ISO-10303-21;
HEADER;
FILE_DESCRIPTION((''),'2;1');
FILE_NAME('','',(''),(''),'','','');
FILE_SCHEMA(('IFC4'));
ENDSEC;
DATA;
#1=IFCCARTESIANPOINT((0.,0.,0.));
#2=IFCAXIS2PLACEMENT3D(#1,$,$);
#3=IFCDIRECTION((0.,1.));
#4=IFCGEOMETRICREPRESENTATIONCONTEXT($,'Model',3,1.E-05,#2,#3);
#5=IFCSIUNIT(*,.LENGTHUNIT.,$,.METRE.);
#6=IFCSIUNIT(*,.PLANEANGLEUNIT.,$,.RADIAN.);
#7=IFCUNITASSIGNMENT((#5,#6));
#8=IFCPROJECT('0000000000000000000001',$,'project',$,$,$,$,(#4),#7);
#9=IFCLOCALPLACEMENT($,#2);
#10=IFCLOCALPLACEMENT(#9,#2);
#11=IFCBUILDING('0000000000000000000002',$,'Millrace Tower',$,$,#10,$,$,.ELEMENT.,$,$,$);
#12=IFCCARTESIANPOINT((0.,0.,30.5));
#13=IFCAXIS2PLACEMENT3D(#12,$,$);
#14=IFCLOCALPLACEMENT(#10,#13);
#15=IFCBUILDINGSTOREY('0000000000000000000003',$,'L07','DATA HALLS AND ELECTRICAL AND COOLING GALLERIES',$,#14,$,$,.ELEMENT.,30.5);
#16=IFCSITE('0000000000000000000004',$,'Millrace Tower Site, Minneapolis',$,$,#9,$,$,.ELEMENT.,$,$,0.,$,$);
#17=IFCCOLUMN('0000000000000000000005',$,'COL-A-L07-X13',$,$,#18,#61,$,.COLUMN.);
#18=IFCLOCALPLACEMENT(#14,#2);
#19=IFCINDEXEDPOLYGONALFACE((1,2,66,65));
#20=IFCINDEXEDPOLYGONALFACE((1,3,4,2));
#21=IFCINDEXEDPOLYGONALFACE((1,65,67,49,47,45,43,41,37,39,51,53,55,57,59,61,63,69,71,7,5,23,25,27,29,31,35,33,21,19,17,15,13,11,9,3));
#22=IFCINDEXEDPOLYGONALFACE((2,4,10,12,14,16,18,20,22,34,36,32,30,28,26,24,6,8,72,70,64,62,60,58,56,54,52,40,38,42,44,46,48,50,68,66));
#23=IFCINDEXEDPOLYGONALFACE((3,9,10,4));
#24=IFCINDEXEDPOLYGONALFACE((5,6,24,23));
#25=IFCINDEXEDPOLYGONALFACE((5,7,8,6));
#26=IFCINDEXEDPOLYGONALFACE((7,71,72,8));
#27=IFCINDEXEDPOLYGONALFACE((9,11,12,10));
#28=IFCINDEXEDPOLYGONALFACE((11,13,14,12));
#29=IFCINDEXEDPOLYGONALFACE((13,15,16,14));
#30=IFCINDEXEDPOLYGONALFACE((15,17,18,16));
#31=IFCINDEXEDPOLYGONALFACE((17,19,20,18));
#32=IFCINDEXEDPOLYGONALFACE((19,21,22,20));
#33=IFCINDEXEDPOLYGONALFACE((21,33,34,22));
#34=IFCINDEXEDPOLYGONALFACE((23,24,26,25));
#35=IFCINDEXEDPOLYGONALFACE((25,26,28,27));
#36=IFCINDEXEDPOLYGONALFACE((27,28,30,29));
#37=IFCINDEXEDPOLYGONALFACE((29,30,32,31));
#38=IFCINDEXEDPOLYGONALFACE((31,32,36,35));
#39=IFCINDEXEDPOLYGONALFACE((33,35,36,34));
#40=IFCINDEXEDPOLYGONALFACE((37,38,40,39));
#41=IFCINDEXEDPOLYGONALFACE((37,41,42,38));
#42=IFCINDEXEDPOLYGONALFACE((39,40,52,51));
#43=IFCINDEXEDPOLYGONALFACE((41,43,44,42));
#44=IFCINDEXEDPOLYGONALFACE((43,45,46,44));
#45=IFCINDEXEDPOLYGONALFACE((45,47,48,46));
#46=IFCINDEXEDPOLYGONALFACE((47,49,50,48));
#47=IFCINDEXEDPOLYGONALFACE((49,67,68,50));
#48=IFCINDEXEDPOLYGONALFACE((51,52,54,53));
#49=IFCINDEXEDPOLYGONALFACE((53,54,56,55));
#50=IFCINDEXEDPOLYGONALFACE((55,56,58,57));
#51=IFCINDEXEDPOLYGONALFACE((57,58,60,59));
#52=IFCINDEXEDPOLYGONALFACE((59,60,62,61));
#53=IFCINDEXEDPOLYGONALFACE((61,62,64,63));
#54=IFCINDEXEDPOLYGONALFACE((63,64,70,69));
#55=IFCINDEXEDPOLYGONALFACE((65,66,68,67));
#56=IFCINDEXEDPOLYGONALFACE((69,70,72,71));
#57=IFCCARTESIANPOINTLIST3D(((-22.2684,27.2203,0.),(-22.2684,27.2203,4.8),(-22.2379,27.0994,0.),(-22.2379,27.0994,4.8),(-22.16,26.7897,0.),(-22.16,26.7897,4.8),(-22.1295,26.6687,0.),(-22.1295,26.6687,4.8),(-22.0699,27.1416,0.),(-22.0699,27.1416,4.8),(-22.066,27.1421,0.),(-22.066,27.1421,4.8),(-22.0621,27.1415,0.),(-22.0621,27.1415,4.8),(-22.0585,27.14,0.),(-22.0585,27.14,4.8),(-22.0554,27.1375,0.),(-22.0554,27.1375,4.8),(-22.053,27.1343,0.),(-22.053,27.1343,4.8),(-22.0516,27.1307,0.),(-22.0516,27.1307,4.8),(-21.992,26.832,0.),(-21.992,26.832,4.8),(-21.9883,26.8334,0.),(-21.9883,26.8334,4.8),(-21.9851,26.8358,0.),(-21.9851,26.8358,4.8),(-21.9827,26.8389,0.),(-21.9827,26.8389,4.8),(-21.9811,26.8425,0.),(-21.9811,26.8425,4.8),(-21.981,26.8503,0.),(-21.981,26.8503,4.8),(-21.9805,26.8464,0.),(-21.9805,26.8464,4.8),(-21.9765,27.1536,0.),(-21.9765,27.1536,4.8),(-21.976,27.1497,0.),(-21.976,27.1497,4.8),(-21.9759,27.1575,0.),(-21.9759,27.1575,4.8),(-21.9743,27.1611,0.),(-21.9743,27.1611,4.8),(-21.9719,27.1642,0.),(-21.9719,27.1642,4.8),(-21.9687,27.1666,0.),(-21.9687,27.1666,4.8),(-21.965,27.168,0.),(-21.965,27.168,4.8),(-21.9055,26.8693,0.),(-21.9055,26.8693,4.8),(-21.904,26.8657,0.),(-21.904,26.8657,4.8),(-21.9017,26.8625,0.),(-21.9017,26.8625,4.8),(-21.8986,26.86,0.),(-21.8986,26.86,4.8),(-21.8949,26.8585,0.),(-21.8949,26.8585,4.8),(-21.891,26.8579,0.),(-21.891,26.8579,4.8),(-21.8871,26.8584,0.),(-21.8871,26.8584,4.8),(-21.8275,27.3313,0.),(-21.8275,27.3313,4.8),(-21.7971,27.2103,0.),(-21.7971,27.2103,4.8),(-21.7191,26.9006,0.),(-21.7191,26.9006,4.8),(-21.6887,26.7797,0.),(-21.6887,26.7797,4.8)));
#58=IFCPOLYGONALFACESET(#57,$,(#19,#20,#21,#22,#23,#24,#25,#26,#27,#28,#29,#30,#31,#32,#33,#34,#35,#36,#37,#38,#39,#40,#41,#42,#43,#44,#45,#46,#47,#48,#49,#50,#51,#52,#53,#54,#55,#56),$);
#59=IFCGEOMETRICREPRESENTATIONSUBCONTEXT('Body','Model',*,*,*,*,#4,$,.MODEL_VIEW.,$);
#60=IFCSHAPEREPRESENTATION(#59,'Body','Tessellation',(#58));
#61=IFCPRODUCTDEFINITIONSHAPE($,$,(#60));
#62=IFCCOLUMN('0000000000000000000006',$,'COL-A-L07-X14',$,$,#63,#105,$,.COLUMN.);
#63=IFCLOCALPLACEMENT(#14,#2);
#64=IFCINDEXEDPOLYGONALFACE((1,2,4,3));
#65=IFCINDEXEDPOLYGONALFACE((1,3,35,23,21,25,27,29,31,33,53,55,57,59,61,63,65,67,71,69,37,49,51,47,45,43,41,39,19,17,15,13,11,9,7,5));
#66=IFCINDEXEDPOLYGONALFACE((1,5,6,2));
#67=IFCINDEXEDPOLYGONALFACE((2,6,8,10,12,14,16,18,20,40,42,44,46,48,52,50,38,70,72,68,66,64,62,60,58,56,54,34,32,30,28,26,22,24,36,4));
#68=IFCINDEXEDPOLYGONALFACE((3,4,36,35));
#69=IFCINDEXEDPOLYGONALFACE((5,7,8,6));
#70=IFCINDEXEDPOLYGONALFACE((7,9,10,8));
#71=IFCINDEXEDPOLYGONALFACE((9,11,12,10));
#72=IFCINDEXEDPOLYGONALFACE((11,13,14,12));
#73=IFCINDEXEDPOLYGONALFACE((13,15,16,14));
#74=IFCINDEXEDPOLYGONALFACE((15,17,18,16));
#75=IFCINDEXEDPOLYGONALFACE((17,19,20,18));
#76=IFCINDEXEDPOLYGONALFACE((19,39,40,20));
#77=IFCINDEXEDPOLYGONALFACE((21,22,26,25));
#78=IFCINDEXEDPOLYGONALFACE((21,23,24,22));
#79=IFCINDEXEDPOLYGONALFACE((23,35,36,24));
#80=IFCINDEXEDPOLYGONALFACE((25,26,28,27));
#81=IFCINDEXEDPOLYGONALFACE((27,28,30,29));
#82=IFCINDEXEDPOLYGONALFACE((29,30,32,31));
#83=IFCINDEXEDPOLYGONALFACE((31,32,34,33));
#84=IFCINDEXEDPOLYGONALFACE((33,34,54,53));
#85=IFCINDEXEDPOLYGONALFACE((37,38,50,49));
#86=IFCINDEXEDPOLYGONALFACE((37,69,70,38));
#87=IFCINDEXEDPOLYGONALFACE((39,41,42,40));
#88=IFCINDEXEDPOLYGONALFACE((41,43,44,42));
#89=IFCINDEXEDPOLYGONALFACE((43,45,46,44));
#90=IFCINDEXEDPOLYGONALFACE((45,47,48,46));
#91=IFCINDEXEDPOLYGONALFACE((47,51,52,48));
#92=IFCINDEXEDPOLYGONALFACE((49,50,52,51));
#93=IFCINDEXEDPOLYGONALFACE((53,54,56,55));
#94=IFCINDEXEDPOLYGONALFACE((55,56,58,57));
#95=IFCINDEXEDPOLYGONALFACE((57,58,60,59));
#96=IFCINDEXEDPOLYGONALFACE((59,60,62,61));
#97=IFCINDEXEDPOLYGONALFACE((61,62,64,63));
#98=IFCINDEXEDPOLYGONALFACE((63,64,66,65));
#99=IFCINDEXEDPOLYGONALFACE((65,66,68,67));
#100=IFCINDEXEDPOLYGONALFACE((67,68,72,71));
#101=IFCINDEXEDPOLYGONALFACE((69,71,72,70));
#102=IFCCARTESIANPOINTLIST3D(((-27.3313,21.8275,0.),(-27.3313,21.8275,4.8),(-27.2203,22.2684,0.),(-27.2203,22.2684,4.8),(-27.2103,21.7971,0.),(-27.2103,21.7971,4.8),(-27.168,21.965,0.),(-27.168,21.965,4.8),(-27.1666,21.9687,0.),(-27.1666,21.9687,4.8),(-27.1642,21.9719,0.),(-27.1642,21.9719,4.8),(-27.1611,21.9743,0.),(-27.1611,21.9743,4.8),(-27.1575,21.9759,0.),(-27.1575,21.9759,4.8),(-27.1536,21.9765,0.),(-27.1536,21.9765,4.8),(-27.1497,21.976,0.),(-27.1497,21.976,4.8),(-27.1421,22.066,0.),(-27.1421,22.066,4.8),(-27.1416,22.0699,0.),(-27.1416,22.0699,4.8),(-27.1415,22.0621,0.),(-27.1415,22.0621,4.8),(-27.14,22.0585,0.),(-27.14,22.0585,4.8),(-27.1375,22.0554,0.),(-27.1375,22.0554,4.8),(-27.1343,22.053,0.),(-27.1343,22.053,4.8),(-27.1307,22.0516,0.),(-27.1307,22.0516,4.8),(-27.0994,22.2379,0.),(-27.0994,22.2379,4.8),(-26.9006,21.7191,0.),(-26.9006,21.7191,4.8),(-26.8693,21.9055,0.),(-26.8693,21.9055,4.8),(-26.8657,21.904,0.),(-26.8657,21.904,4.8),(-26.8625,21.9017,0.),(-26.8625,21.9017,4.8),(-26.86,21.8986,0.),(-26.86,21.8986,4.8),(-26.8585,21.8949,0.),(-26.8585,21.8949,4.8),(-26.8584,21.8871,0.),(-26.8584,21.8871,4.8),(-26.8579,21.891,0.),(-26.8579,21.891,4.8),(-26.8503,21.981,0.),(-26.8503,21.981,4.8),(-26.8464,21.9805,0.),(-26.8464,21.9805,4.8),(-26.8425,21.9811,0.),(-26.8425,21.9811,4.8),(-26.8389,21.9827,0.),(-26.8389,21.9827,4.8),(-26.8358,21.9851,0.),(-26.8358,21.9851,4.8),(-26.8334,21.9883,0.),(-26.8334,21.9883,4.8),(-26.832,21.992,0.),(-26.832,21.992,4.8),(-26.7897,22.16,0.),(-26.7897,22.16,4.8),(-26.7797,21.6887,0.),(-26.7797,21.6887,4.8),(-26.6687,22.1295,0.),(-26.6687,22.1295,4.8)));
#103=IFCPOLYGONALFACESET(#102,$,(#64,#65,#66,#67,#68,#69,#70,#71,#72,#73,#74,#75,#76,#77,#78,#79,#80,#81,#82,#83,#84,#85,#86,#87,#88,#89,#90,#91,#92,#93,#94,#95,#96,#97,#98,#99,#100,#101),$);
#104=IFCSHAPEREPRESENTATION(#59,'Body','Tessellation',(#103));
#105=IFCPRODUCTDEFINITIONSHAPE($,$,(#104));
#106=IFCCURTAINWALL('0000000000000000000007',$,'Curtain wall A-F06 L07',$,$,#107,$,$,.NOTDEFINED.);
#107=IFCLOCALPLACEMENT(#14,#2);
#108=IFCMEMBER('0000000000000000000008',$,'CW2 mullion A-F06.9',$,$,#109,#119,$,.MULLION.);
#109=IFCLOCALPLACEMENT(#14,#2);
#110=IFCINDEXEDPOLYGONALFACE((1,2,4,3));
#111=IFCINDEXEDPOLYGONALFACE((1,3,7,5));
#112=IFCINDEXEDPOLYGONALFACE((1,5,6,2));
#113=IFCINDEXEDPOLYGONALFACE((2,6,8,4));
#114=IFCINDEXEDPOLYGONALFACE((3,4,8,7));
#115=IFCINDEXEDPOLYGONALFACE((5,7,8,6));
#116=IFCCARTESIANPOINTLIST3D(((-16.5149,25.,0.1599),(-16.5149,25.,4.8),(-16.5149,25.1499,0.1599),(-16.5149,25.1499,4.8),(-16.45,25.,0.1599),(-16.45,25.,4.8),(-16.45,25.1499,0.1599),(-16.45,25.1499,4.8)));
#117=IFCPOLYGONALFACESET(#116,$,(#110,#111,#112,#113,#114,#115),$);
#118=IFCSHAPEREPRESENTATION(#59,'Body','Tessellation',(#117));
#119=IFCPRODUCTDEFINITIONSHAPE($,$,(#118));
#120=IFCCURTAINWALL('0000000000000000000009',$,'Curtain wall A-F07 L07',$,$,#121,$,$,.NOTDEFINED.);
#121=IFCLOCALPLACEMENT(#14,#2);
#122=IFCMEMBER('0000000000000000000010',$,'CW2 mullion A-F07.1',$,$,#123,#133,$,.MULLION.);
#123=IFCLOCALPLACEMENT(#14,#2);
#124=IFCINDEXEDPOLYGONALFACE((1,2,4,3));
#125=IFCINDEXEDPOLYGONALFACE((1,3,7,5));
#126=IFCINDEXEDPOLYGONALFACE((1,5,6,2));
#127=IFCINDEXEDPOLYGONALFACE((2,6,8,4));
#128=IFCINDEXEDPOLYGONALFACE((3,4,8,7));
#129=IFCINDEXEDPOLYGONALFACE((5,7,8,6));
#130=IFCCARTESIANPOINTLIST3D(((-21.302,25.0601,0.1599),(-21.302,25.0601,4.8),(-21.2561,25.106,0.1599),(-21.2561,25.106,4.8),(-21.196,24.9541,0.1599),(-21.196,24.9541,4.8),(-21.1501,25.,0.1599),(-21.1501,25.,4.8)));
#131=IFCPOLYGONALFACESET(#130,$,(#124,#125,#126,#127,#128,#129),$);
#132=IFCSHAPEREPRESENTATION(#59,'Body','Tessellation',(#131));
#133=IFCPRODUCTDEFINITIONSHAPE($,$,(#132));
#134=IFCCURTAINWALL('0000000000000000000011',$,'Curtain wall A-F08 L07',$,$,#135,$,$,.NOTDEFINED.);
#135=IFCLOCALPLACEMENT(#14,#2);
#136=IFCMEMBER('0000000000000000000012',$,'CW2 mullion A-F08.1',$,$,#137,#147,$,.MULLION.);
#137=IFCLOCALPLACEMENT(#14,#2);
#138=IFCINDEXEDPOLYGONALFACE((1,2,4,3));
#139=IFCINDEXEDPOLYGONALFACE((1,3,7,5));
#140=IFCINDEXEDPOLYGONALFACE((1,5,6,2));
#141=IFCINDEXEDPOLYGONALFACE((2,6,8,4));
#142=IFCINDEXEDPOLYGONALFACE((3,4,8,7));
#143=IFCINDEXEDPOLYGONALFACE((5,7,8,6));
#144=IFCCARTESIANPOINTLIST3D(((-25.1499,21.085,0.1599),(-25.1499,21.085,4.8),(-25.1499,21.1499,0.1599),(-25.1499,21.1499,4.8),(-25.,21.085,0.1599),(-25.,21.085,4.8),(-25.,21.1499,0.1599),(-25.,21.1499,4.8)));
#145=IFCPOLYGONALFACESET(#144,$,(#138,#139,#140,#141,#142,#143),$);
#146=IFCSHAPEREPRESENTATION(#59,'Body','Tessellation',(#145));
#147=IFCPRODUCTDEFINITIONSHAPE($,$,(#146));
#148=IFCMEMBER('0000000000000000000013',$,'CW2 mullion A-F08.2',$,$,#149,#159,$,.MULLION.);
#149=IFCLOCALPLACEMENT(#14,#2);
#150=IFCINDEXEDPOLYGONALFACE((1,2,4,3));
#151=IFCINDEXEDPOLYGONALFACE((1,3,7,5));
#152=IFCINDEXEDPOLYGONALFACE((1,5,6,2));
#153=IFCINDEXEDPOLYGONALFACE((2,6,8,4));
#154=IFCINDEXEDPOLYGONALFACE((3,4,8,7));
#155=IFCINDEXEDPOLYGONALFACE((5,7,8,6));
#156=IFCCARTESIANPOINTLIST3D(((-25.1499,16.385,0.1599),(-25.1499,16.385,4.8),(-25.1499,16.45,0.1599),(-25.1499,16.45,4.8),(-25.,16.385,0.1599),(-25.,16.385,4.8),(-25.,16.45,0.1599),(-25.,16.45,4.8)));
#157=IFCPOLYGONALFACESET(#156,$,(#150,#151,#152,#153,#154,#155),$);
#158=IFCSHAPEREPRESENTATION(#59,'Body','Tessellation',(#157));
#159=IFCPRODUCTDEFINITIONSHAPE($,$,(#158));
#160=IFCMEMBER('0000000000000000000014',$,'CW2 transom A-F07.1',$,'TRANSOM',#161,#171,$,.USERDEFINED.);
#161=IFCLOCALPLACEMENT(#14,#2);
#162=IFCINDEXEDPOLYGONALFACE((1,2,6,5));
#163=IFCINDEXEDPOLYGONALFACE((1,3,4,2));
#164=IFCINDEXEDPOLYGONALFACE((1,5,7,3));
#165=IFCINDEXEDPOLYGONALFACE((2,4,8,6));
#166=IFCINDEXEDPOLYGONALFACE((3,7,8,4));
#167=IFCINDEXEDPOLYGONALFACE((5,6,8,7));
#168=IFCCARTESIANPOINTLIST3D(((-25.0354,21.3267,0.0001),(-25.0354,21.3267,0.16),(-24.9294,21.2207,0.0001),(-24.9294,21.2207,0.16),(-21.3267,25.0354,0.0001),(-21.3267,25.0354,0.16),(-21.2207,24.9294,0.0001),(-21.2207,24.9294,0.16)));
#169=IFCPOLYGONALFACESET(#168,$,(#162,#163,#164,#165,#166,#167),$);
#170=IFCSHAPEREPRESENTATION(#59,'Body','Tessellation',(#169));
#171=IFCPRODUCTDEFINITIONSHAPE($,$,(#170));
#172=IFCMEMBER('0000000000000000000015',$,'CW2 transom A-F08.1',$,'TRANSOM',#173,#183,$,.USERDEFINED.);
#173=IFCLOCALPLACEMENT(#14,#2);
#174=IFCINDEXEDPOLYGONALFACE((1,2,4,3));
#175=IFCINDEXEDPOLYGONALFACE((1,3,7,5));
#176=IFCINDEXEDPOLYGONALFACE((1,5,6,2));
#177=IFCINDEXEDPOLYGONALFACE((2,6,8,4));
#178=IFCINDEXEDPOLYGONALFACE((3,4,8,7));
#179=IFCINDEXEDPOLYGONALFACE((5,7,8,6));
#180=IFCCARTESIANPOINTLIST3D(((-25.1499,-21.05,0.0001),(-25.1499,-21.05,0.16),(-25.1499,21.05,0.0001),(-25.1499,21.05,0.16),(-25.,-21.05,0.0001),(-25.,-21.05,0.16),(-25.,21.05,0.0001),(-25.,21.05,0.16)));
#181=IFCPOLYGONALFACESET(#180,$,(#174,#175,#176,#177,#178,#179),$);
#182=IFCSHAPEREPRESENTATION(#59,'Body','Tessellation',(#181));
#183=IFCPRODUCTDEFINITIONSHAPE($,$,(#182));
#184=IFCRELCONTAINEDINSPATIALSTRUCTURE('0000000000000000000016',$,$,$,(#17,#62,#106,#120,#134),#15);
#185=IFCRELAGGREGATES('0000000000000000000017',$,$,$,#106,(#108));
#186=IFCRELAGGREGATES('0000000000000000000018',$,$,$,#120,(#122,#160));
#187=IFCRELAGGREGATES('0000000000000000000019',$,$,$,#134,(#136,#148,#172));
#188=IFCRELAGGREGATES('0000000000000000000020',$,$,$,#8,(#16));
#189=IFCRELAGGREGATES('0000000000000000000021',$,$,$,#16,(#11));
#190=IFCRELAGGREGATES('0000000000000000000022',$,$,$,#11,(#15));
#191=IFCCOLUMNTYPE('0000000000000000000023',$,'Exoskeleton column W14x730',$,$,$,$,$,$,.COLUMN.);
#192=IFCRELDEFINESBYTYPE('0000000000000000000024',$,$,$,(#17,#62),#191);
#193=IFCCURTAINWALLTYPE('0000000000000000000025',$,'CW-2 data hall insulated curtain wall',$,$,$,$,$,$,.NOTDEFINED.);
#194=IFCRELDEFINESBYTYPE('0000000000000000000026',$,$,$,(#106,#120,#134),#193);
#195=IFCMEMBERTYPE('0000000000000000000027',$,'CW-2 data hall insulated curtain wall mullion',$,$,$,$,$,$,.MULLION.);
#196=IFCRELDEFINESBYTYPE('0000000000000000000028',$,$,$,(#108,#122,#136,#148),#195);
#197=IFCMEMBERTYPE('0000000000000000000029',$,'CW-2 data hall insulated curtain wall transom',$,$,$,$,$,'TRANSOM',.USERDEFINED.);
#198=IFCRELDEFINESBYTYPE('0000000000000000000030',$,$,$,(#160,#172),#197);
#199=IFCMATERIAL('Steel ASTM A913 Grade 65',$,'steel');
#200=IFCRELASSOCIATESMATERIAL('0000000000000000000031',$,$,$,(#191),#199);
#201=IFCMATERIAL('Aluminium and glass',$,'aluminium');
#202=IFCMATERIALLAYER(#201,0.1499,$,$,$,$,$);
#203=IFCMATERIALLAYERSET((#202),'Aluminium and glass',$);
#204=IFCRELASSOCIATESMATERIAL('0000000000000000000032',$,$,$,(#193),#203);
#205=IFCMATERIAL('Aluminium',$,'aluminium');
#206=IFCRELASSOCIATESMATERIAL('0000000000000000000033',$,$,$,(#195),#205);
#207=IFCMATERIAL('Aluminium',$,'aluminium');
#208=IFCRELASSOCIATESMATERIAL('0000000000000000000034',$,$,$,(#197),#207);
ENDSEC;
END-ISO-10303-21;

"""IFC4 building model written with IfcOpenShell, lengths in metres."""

from ifc_helpers import new_model, si_unit, direction, frame, origin, origin_2d, place, context, subcontext, project, spatial, rectangle, i_section, extrude, material, layer, layer_set, material_profile, profile_set, type_object, element, aggregate, save


model = new_model("IFC4")

# Units and contexts
model_context = context("Model", 3, precision=1e-05, world=origin(), true_north=direction((0.0, 1.0)))
body_context = subcontext(model_context, "Body", "Model", "MODEL_VIEW")
ifc_project = project(units=[si_unit("LENGTHUNIT", "METRE"), si_unit("PLANEANGLEUNIT", "RADIAN")], contexts=[model_context])

# Site, building, storey
site_placement = place(None, origin())
site = spatial("IfcSite", under=ifc_project, at=site_placement, Name="Millrace Tower Site, Minneapolis", CompositionType="ELEMENT", RefElevation=0.0)
building_placement = place(site_placement, origin())
building = spatial("IfcBuilding", under=site, at=building_placement, Name="Millrace Tower", CompositionType="ELEMENT")
storey_placement = place(building_placement, frame((0.0, 0.0, 30.5)))
storey = spatial("IfcBuildingStorey", under=building, at=storey_placement, Name="L07", Description="DATA HALLS AND ELECTRICAL AND COOLING GALLERIES", CompositionType="ELEMENT", Elevation=30.5)

# Columns
ifc_material_1 = material(Name="Steel ASTM A913 Grade 65", Category="steel")
ifc_material_profile_1 = material_profile(ifc_material_1, i_section(OverallWidth=0.4546, OverallDepth=0.5688, WebThickness=0.0779, FlangeThickness=0.1248, FilletRadius=0.0151, at=origin_2d()))
ifc_profile_set_1 = profile_set([ifc_material_profile_1], Name="Steel ASTM A913 Grade 65")
column_type = type_object("IfcColumnType", Name="Exoskeleton column W14x730", PredefinedType="COLUMN", material=ifc_profile_set_1)
for number, where, z_axis, x_axis, name in (
    (1, (-21.9785, 27.0, 0.0), (0.0, 0.0, 1.0), (-0.969752, -0.244094, 0.0), "COL-A-L07-X13"),
    (2, (-27.0, 21.9785, 0.0), (0.0, 0.0, 1.0), (-0.244094, -0.969752, 0.0), "COL-A-L07-X14"),
):
    element("IfcColumn", number, at=place(storey_placement, frame(where, z_axis=z_axis, x_axis=x_axis)), inside=storey, type_object=column_type, Name=name, PredefinedType="COLUMN", context=body_context, shape_type="SweptSolid", body=[
        extrude(i_section(OverallWidth=0.4546, OverallDepth=0.5688, WebThickness=0.0779, FlangeThickness=0.1248, FilletRadius=0.0151, at=origin_2d()), origin(), (0.0, 0.0, 1.0), 4.8),
    ])

# Curtain walls, members
ifc_material_2 = material(Name="Aluminium and glass", Category="aluminium")
ifc_layer_1 = layer(ifc_material_2, 0.1499)
ifc_layer_set_1 = layer_set([ifc_layer_1], Name="Aluminium and glass")
curtain_wall_type = type_object("IfcCurtainWallType", Name="CW-2 data hall insulated curtain wall", PredefinedType="NOTDEFINED", material=ifc_layer_set_1)
placement = place(storey_placement, origin())
curtain_wall_1 = element("IfcCurtainWall", 3, at=placement, inside=storey, type_object=curtain_wall_type, Name="Curtain wall A-F06 L07", PredefinedType="NOTDEFINED")
ifc_material_3 = material(Name="Aluminium", Category="aluminium")
ifc_material_profile_2 = material_profile(ifc_material_3, rectangle(XDim=0.0649, YDim=0.1499, at=origin_2d()))
ifc_profile_set_2 = profile_set([ifc_material_profile_2], Name="Aluminium")
member_type_1 = type_object("IfcMemberType", Name="CW-2 data hall insulated curtain wall mullion", PredefinedType="MULLION", material=ifc_profile_set_2)
member_1_placement = place(storey_placement, frame((-16.4824, 25.075, 0.1599), z_axis=(0.0, 0.0, 1.0), x_axis=(-1.0, 0.0, 0.0)))
member_1 = element("IfcMember", 4, at=member_1_placement, type_object=member_type_1, Name="CW2 mullion A-F06.9", PredefinedType="MULLION", context=body_context, shape_type="SweptSolid", body=[
    extrude(rectangle(XDim=0.0649, YDim=0.1499, at=origin_2d()), origin(), (0.0, 0.0, 1.0), 4.6401),
])
aggregate(curtain_wall_1, [member_1])
curtain_wall_2 = element("IfcCurtainWall", 5, at=placement, inside=storey, type_object=curtain_wall_type, Name="Curtain wall A-F07 L07", PredefinedType="NOTDEFINED")
member_2_placement = place(storey_placement, frame((-21.2261, 25.03, 0.1599), z_axis=(0.0, 0.0, 1.0), x_axis=(-0.707107, -0.707107, 0.0)))
member_2 = element("IfcMember", 6, at=member_2_placement, type_object=member_type_1, Name="CW2 mullion A-F07.1", PredefinedType="MULLION", context=body_context, shape_type="SweptSolid", body=[
    extrude(rectangle(XDim=0.0649, YDim=0.1499, at=origin_2d()), origin(), (0.0, 0.0, 1.0), 4.6401),
])

# Curtain wall, members
curtain_wall_3 = element("IfcCurtainWall", 7, at=placement, inside=storey, type_object=curtain_wall_type, Name="Curtain wall A-F08 L07", PredefinedType="NOTDEFINED")
member_3_placement = place(storey_placement, frame((-25.075, 21.1174, 0.1599), z_axis=(0.0, 0.0, 1.0), x_axis=(0.0, -1.0, 0.0)))
member_3 = element("IfcMember", 8, at=member_3_placement, type_object=member_type_1, Name="CW2 mullion A-F08.1", PredefinedType="MULLION", context=body_context, shape_type="SweptSolid", body=[
    extrude(rectangle(XDim=0.0649, YDim=0.1499, at=origin_2d()), origin(), (0.0, 0.0, 1.0), 4.6401),
])
member_4_placement = place(storey_placement, frame((-25.075, 16.4175, 0.1599), z_axis=(0.0, 0.0, 1.0), x_axis=(0.0, -1.0, 0.0)))
member_4 = element("IfcMember", 9, at=member_4_placement, type_object=member_type_1, Name="CW2 mullion A-F08.2", PredefinedType="MULLION", context=body_context, shape_type="SweptSolid", body=[
    extrude(rectangle(XDim=0.0649, YDim=0.1499, at=origin_2d()), origin(), (0.0, 0.0, 1.0), 4.6401),
])

# Members
ifc_material_4 = material(Name="Aluminium", Category="aluminium")
ifc_material_profile_3 = material_profile(ifc_material_4, rectangle(XDim=0.1499, YDim=0.1599, at=origin_2d()))
ifc_profile_set_3 = profile_set([ifc_material_profile_3], Name="Aluminium")
member_type_2 = type_object("IfcMemberType", Name="CW-2 data hall insulated curtain wall transom", ElementType="TRANSOM", PredefinedType="USERDEFINED", material=ifc_profile_set_3)
member_5_placement = place(storey_placement, frame((-21.2737, 24.9824, 0.0801), z_axis=(-0.707107, -0.707107, 0.0), x_axis=(0.707107, -0.707107, 0.0)))
member_5 = element("IfcMember", 10, at=member_5_placement, type_object=member_type_2, Name="CW2 transom A-F07.1", ObjectType="TRANSOM", PredefinedType="USERDEFINED", context=body_context, shape_type="SweptSolid", body=[
    extrude(rectangle(XDim=0.1499, YDim=0.1599, at=origin_2d()), origin(), (0.0, 0.0, 1.0), 5.2449),
])
aggregate(curtain_wall_2, [member_2, member_5])
member_6_placement = place(storey_placement, frame((-25.075, 21.05, 0.0801), z_axis=(0.0, -1.0, 0.0), x_axis=(1.0, 0.0, 0.0)))
member_6 = element("IfcMember", 11, at=member_6_placement, type_object=member_type_2, Name="CW2 transom A-F08.1", ObjectType="TRANSOM", PredefinedType="USERDEFINED", context=body_context, shape_type="SweptSolid", body=[
    extrude(rectangle(XDim=0.1499, YDim=0.1599, at=origin_2d()), origin(), (0.0, 0.0, 1.0), 42.1001),
])
aggregate(curtain_wall_3, [member_3, member_4, member_6])

save(model, "model.ifc")
